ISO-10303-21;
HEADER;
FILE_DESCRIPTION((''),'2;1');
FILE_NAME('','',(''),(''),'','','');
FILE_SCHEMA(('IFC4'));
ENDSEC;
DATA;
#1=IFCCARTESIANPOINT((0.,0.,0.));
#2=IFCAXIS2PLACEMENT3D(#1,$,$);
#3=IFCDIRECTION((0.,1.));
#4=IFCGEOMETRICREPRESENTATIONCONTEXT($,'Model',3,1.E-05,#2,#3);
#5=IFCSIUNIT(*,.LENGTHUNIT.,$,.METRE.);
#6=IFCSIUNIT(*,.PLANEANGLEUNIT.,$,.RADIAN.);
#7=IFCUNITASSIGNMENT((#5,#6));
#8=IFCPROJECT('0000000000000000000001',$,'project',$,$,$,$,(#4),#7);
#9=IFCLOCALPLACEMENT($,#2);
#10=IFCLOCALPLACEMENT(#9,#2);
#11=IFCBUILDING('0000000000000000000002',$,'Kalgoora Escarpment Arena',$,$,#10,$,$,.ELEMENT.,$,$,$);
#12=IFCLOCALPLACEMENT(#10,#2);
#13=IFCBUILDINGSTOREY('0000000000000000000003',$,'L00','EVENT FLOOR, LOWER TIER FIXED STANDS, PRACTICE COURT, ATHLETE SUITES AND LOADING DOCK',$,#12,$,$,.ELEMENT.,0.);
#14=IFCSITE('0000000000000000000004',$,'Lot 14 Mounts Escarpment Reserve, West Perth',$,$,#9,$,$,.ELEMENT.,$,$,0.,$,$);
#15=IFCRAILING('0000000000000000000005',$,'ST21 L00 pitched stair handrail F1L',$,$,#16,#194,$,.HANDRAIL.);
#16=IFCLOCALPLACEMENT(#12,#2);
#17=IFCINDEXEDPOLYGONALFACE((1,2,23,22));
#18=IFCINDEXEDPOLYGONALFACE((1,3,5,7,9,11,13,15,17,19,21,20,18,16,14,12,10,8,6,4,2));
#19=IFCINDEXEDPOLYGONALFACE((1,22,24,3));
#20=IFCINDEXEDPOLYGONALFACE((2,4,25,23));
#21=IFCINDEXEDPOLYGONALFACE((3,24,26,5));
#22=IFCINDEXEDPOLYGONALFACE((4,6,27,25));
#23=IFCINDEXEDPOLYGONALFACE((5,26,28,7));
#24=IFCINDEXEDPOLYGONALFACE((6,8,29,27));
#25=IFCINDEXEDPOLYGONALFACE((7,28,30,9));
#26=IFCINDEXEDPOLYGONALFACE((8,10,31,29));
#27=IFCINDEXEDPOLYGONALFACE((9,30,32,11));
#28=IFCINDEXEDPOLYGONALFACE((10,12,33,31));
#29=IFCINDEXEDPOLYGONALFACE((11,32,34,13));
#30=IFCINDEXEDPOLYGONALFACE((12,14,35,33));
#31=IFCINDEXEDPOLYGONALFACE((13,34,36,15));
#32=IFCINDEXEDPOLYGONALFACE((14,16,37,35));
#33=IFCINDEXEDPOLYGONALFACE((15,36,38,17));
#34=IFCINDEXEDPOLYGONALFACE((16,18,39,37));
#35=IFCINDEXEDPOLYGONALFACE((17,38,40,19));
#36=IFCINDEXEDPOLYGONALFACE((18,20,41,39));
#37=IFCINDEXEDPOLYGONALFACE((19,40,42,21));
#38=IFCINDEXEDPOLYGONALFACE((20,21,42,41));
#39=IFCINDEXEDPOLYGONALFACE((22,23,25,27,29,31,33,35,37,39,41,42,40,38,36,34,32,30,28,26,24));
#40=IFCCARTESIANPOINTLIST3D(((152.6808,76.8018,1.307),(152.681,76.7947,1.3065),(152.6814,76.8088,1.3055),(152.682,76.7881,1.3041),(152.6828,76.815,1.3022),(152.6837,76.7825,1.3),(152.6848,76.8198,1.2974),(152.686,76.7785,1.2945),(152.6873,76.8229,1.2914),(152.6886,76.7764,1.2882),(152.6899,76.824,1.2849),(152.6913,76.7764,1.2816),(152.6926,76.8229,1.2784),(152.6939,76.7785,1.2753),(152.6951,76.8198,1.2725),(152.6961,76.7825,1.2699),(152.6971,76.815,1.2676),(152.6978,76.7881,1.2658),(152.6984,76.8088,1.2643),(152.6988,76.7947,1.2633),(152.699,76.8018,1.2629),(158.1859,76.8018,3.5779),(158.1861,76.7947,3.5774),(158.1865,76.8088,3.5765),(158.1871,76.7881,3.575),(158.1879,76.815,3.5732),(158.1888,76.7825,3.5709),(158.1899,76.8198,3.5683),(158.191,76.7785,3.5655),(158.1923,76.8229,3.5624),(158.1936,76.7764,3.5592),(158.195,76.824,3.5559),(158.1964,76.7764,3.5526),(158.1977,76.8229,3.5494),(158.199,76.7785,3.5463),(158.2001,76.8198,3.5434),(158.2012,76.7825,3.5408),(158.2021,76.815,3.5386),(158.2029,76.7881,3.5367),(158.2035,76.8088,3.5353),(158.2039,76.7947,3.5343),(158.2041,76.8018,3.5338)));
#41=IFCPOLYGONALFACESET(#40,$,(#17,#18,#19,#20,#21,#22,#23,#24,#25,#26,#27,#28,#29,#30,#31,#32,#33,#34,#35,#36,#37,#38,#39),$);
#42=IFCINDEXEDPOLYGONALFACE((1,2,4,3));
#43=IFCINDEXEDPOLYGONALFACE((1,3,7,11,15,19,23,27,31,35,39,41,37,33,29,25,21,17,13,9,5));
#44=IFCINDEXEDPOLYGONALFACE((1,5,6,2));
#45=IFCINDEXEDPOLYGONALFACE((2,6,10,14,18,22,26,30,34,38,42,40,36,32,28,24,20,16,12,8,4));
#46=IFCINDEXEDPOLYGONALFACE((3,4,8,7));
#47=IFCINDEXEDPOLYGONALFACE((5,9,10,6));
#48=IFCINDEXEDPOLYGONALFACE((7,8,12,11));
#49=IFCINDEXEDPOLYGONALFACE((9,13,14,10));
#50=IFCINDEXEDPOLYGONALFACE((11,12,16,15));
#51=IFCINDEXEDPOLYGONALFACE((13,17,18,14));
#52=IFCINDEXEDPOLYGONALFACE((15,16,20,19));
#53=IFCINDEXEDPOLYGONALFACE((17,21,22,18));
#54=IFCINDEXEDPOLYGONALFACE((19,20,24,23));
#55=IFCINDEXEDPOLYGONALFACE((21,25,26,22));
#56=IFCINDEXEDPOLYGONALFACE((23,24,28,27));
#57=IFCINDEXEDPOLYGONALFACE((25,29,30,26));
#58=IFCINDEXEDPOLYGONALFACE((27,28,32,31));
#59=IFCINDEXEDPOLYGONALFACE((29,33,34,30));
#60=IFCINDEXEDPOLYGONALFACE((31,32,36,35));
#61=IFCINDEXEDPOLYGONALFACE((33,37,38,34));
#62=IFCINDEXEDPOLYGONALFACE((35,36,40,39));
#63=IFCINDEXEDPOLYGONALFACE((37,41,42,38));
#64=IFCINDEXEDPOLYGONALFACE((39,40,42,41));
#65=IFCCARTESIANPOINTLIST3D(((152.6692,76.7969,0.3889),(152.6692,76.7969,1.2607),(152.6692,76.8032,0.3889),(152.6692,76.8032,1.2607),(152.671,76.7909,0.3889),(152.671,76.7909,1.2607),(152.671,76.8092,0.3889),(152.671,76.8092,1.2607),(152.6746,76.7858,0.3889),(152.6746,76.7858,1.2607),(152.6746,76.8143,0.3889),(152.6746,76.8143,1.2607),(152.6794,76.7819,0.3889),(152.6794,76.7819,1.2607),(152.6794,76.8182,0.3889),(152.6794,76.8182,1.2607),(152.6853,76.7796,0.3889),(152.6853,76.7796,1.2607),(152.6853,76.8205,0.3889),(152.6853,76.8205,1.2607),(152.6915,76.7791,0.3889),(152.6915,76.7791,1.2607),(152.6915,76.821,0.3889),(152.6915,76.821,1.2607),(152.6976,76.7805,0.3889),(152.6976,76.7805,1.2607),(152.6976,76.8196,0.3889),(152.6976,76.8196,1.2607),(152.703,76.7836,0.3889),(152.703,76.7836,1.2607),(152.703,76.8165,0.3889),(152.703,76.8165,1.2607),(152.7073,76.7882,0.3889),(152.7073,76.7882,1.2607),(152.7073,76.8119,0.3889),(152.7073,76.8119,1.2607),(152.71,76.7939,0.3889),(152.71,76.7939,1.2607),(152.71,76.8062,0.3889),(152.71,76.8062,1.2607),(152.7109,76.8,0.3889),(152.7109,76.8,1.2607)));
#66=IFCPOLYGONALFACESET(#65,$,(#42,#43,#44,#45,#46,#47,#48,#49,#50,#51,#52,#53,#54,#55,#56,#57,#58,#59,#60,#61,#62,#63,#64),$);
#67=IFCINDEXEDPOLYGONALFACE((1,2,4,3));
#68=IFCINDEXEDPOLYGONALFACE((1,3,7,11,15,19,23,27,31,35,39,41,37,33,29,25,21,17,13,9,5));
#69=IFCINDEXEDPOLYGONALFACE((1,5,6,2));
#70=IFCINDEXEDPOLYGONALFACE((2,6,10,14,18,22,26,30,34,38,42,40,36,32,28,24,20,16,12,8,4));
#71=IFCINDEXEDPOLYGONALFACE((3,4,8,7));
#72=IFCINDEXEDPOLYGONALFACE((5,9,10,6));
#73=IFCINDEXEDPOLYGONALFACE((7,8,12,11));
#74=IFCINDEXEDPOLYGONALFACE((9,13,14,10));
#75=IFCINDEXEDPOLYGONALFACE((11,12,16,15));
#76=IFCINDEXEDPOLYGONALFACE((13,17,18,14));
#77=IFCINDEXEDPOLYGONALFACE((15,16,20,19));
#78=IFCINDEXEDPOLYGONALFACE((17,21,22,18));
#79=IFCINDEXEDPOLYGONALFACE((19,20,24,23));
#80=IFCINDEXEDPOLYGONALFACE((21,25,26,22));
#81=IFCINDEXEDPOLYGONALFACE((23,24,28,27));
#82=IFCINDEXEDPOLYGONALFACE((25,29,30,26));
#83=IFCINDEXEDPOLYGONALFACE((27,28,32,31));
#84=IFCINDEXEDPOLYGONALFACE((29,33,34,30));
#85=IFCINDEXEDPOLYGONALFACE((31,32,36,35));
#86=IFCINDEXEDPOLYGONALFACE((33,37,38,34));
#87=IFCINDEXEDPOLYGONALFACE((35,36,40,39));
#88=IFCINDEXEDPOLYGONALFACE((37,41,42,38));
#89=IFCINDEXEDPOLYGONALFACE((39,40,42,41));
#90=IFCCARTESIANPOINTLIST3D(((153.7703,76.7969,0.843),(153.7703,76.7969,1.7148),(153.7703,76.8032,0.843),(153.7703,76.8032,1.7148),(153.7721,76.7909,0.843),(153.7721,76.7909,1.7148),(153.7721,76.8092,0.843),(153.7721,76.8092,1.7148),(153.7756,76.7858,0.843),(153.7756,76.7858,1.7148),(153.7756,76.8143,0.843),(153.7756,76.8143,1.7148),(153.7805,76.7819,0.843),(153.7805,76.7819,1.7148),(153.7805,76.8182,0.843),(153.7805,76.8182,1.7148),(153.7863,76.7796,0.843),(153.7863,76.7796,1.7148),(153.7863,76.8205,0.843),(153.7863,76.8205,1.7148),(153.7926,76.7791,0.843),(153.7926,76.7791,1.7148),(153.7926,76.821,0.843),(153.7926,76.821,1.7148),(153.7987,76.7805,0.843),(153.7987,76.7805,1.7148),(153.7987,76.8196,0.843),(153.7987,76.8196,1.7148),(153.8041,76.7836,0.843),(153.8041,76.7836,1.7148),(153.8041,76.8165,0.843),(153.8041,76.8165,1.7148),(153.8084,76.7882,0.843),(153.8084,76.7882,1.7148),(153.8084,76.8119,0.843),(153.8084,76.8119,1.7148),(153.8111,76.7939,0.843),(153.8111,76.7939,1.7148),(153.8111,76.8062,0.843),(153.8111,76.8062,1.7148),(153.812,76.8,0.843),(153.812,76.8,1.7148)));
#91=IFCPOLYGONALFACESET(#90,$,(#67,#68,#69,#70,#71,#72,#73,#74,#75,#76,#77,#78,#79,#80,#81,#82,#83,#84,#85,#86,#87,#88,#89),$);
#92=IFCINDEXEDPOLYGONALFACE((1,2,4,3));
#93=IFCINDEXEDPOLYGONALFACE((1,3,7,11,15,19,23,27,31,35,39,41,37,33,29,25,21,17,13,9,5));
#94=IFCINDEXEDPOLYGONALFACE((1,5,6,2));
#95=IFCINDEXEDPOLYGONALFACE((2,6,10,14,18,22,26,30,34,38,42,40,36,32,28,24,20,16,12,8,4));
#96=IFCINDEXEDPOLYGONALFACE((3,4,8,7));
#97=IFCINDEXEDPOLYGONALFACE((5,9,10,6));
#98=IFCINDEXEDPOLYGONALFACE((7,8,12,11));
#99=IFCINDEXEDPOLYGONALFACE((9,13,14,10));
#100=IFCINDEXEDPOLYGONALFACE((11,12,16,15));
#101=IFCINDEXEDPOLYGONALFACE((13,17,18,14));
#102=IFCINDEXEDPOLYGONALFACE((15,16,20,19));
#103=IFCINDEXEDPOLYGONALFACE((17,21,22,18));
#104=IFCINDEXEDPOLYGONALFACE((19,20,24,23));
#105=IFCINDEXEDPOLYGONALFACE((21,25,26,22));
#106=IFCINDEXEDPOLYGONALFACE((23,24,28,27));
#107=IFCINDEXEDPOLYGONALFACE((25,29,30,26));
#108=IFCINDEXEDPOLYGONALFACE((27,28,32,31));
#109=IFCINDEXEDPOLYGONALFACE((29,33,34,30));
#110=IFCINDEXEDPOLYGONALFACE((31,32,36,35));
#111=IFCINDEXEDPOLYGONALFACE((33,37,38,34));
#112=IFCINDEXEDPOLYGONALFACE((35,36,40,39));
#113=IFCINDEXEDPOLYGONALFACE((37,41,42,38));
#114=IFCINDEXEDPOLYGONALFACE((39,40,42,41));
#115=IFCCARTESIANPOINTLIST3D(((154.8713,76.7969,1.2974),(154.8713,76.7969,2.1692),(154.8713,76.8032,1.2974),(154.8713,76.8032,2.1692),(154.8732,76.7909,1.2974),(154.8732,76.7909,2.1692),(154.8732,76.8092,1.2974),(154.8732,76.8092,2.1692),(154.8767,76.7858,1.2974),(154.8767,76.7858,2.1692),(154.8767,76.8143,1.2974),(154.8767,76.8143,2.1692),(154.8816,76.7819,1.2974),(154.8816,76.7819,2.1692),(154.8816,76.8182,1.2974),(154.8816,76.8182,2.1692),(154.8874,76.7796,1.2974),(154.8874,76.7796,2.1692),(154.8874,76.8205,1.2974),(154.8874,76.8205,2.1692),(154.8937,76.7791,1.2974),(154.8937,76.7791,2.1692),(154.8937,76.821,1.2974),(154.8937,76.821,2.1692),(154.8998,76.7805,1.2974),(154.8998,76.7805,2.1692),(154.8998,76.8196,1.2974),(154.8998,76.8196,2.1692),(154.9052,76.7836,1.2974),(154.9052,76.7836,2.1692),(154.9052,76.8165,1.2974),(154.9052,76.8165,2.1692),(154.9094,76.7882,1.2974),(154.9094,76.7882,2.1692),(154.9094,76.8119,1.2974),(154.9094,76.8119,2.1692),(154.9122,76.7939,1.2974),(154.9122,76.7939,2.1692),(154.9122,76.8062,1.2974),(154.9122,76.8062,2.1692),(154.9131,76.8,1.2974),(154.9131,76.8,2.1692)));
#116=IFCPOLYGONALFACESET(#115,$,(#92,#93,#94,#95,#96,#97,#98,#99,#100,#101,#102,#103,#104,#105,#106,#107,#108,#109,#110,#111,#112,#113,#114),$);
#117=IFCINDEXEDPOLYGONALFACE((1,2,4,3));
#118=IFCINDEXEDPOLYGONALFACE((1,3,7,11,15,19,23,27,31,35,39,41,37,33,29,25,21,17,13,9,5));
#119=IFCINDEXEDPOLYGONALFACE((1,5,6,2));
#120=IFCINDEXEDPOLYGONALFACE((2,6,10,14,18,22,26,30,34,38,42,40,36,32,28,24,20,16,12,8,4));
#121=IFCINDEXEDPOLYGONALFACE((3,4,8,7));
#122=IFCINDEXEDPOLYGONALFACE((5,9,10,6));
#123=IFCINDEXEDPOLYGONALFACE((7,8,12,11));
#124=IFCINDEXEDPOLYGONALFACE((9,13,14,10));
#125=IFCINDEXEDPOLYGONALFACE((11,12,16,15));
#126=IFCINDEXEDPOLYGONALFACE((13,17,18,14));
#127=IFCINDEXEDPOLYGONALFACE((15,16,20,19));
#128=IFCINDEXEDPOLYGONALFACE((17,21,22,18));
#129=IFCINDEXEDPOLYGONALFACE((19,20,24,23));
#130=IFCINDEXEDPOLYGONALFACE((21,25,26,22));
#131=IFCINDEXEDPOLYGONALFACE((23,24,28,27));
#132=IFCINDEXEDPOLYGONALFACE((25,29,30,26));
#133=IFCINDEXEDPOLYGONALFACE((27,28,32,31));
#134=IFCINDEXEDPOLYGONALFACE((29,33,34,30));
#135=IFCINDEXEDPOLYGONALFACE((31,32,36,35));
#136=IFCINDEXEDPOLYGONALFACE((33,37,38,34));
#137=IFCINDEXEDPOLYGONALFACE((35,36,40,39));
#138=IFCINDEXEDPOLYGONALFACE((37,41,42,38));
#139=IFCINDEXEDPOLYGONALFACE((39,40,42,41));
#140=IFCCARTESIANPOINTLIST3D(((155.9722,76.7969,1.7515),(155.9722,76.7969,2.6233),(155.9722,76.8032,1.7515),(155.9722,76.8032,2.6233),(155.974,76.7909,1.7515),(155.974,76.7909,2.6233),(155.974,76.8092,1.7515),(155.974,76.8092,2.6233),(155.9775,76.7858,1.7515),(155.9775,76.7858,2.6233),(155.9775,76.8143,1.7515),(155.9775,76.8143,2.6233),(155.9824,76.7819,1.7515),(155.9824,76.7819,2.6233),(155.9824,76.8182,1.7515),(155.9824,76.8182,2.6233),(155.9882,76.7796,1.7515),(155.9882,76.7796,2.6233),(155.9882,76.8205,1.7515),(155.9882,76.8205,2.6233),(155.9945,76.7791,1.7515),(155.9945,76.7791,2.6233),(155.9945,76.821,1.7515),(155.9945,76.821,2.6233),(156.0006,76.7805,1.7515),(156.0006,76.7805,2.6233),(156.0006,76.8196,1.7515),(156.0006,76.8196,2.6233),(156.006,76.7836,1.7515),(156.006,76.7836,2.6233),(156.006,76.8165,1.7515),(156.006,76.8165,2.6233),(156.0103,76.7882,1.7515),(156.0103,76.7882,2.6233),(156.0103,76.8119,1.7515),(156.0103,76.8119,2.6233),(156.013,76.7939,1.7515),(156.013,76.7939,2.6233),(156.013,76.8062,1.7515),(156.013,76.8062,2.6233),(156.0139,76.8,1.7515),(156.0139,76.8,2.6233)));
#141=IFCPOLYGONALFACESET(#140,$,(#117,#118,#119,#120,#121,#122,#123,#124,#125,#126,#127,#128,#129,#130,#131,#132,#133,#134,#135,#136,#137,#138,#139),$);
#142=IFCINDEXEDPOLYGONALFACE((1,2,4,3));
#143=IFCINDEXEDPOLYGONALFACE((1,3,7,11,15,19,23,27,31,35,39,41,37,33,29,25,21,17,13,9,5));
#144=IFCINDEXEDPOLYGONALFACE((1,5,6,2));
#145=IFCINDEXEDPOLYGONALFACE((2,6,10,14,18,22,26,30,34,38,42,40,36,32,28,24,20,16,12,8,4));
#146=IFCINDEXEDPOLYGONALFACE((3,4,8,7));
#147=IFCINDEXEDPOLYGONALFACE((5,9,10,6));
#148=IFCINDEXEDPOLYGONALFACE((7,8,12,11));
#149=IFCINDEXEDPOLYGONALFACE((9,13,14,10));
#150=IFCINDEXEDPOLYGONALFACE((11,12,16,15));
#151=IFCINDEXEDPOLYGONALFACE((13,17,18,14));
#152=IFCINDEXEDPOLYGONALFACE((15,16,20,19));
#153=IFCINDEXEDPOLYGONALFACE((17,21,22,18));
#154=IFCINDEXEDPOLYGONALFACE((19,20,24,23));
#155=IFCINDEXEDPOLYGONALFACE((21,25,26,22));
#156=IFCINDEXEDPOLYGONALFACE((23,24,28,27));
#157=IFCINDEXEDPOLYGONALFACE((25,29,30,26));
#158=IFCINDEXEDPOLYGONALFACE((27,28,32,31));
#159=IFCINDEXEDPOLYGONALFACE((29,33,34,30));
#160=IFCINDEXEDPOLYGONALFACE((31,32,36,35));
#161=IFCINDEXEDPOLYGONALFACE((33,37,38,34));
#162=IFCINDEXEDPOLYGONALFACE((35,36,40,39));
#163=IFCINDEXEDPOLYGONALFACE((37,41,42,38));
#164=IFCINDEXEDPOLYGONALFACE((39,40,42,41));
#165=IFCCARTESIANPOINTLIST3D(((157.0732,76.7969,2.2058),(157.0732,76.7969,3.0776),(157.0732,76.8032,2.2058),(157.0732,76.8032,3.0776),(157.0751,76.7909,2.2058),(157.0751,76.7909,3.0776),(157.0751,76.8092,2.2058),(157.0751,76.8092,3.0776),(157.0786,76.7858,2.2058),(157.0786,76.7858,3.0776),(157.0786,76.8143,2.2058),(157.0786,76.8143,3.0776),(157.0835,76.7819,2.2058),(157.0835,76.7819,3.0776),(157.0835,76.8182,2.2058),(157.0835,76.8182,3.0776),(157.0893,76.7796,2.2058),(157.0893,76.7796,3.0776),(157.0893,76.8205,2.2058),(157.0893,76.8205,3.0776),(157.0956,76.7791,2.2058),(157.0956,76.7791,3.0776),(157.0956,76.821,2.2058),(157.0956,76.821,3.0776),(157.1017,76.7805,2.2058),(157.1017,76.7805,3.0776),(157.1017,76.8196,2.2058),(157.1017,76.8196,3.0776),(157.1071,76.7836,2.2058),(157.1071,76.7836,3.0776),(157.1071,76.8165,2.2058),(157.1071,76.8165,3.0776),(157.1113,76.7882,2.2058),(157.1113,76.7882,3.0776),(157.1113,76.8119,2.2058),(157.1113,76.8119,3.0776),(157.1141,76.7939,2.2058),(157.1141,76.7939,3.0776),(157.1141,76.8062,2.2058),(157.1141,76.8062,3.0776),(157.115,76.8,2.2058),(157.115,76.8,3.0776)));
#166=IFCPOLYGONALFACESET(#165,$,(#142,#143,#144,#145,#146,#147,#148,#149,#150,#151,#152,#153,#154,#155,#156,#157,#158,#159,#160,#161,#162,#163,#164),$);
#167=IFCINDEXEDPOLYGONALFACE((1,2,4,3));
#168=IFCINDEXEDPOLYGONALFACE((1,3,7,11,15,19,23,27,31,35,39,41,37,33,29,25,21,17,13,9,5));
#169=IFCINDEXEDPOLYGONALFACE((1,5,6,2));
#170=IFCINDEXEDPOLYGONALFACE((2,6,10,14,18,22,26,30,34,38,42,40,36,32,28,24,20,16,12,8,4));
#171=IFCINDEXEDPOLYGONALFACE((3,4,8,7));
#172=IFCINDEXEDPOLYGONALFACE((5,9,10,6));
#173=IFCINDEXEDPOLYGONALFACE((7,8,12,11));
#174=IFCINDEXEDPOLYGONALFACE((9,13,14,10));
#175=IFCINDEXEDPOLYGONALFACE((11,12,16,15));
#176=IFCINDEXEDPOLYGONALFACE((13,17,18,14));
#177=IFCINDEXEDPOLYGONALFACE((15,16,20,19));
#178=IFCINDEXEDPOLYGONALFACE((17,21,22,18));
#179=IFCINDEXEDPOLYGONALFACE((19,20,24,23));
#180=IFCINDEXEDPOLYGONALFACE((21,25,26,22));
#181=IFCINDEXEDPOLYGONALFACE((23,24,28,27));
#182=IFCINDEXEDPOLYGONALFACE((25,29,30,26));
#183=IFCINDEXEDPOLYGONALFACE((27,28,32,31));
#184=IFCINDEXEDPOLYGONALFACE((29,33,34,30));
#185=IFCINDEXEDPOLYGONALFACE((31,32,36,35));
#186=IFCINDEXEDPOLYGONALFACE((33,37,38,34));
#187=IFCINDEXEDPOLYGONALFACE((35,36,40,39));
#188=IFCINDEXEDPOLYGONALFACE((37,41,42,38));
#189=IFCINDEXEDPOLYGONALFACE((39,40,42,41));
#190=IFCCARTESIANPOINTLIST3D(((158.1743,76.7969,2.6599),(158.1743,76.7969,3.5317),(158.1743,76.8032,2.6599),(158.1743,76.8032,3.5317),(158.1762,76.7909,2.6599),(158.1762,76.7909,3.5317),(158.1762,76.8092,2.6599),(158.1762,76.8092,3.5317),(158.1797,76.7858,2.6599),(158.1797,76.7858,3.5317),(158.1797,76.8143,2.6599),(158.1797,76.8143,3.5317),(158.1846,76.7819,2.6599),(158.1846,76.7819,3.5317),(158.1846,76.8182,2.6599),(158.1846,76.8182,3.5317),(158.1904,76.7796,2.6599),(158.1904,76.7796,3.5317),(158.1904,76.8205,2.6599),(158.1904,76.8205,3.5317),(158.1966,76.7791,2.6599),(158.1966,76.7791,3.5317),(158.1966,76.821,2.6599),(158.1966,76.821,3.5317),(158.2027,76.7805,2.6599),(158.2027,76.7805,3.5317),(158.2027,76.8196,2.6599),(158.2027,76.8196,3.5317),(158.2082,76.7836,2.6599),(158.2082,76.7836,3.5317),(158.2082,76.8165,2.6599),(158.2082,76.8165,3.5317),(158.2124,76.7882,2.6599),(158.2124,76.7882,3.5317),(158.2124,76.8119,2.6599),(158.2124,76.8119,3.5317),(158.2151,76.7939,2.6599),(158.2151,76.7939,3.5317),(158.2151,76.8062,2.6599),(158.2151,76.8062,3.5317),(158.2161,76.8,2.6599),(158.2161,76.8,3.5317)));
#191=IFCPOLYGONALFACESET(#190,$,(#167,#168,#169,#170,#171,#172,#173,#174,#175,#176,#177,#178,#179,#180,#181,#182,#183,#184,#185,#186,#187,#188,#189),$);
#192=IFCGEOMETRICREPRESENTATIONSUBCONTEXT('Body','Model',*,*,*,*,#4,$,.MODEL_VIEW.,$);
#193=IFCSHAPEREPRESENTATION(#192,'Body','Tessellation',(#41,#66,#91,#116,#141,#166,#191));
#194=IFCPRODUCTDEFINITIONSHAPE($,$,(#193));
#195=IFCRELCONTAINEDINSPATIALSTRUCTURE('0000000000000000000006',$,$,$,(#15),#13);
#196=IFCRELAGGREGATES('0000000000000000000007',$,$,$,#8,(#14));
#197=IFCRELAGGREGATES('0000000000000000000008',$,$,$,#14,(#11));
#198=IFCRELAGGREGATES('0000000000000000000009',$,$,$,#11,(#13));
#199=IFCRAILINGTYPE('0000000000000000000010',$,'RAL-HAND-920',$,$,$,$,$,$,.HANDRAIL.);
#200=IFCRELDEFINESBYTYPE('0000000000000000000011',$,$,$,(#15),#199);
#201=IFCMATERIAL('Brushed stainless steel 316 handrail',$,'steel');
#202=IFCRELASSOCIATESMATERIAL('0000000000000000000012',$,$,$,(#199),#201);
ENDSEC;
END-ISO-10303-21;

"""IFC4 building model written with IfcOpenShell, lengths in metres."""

from ifc_helpers import new_model, si_unit, direction, frame, origin, origin_2d, place, context, subcontext, project, spatial, circle, extrude, material, type_object, element, save


model = new_model("IFC4")

# Units and contexts
model_context = context("Model", 3, precision=1e-05, world=origin(), true_north=direction((0.0, 1.0)))
body_context = subcontext(model_context, "Body", "Model", "MODEL_VIEW")
ifc_project = project(units=[si_unit("LENGTHUNIT", "METRE"), si_unit("PLANEANGLEUNIT", "RADIAN")], contexts=[model_context])

# Site, building, storey
site_placement = place(None, origin())
site = spatial("IfcSite", under=ifc_project, at=site_placement, Name="Lot 14 Mounts Escarpment Reserve, West Perth", CompositionType="ELEMENT", RefElevation=0.0)
building_placement = place(site_placement, origin())
building = spatial("IfcBuilding", under=site, at=building_placement, Name="Kalgoora Escarpment Arena", CompositionType="ELEMENT")
storey_placement = place(building_placement, origin())
storey = spatial("IfcBuildingStorey", under=building, at=storey_placement, Name="L00", Description="EVENT FLOOR, LOWER TIER FIXED STANDS, PRACTICE COURT, ATHLETE SUITES AND LOADING DOCK", CompositionType="ELEMENT", Elevation=0.0)

# Railing
ifc_material_1 = material(Name="Brushed stainless steel 316 handrail", Category="steel")
railing_type_1 = type_object("IfcRailingType", Name="RAL-HAND-920", PredefinedType="HANDRAIL", material=ifc_material_1)
for number, where, name in (
    (1, (152.6899, 76.8, 0.3889), "ST21 L00 pitched stair handrail F1L"),
):
    element("IfcRailing", number, at=place(storey_placement, frame(where)), inside=storey, type_object=railing_type_1, Name=name, PredefinedType="HANDRAIL", context=body_context, shape_type="SweptSolid", body=[
        extrude(circle(Radius=0.0239, at=origin_2d()), frame((0.0, 0.0, 0.896), z_axis=(0.924431, 0.0, 0.38135), x_axis=(0.0, 1.0, 0.0)), (0.0, 0.0, 1.0), 5.9551),
        extrude(circle(Radius=0.021, at=origin_2d()), origin(), (0.0, 0.0, 1.0), 0.8718),
        extrude(circle(Radius=0.021, at=origin_2d()), frame((1.1011, 0.0, 0.4541)), (0.0, 0.0, 1.0), 0.8718),
        extrude(circle(Radius=0.021, at=origin_2d()), frame((2.2021, 0.0, 0.9084)), (0.0, 0.0, 1.0), 0.8718),
        extrude(circle(Radius=0.021, at=origin_2d()), frame((3.303, 0.0, 1.3625)), (0.0, 0.0, 1.0), 0.8718),
        extrude(circle(Radius=0.021, at=origin_2d()), frame((4.4041, 0.0, 1.8169)), (0.0, 0.0, 1.0), 0.8718),
        extrude(circle(Radius=0.021, at=origin_2d()), frame((5.5051, 0.0, 2.271)), (0.0, 0.0, 1.0), 0.8718),
    ])

save(model, "model.ifc")
